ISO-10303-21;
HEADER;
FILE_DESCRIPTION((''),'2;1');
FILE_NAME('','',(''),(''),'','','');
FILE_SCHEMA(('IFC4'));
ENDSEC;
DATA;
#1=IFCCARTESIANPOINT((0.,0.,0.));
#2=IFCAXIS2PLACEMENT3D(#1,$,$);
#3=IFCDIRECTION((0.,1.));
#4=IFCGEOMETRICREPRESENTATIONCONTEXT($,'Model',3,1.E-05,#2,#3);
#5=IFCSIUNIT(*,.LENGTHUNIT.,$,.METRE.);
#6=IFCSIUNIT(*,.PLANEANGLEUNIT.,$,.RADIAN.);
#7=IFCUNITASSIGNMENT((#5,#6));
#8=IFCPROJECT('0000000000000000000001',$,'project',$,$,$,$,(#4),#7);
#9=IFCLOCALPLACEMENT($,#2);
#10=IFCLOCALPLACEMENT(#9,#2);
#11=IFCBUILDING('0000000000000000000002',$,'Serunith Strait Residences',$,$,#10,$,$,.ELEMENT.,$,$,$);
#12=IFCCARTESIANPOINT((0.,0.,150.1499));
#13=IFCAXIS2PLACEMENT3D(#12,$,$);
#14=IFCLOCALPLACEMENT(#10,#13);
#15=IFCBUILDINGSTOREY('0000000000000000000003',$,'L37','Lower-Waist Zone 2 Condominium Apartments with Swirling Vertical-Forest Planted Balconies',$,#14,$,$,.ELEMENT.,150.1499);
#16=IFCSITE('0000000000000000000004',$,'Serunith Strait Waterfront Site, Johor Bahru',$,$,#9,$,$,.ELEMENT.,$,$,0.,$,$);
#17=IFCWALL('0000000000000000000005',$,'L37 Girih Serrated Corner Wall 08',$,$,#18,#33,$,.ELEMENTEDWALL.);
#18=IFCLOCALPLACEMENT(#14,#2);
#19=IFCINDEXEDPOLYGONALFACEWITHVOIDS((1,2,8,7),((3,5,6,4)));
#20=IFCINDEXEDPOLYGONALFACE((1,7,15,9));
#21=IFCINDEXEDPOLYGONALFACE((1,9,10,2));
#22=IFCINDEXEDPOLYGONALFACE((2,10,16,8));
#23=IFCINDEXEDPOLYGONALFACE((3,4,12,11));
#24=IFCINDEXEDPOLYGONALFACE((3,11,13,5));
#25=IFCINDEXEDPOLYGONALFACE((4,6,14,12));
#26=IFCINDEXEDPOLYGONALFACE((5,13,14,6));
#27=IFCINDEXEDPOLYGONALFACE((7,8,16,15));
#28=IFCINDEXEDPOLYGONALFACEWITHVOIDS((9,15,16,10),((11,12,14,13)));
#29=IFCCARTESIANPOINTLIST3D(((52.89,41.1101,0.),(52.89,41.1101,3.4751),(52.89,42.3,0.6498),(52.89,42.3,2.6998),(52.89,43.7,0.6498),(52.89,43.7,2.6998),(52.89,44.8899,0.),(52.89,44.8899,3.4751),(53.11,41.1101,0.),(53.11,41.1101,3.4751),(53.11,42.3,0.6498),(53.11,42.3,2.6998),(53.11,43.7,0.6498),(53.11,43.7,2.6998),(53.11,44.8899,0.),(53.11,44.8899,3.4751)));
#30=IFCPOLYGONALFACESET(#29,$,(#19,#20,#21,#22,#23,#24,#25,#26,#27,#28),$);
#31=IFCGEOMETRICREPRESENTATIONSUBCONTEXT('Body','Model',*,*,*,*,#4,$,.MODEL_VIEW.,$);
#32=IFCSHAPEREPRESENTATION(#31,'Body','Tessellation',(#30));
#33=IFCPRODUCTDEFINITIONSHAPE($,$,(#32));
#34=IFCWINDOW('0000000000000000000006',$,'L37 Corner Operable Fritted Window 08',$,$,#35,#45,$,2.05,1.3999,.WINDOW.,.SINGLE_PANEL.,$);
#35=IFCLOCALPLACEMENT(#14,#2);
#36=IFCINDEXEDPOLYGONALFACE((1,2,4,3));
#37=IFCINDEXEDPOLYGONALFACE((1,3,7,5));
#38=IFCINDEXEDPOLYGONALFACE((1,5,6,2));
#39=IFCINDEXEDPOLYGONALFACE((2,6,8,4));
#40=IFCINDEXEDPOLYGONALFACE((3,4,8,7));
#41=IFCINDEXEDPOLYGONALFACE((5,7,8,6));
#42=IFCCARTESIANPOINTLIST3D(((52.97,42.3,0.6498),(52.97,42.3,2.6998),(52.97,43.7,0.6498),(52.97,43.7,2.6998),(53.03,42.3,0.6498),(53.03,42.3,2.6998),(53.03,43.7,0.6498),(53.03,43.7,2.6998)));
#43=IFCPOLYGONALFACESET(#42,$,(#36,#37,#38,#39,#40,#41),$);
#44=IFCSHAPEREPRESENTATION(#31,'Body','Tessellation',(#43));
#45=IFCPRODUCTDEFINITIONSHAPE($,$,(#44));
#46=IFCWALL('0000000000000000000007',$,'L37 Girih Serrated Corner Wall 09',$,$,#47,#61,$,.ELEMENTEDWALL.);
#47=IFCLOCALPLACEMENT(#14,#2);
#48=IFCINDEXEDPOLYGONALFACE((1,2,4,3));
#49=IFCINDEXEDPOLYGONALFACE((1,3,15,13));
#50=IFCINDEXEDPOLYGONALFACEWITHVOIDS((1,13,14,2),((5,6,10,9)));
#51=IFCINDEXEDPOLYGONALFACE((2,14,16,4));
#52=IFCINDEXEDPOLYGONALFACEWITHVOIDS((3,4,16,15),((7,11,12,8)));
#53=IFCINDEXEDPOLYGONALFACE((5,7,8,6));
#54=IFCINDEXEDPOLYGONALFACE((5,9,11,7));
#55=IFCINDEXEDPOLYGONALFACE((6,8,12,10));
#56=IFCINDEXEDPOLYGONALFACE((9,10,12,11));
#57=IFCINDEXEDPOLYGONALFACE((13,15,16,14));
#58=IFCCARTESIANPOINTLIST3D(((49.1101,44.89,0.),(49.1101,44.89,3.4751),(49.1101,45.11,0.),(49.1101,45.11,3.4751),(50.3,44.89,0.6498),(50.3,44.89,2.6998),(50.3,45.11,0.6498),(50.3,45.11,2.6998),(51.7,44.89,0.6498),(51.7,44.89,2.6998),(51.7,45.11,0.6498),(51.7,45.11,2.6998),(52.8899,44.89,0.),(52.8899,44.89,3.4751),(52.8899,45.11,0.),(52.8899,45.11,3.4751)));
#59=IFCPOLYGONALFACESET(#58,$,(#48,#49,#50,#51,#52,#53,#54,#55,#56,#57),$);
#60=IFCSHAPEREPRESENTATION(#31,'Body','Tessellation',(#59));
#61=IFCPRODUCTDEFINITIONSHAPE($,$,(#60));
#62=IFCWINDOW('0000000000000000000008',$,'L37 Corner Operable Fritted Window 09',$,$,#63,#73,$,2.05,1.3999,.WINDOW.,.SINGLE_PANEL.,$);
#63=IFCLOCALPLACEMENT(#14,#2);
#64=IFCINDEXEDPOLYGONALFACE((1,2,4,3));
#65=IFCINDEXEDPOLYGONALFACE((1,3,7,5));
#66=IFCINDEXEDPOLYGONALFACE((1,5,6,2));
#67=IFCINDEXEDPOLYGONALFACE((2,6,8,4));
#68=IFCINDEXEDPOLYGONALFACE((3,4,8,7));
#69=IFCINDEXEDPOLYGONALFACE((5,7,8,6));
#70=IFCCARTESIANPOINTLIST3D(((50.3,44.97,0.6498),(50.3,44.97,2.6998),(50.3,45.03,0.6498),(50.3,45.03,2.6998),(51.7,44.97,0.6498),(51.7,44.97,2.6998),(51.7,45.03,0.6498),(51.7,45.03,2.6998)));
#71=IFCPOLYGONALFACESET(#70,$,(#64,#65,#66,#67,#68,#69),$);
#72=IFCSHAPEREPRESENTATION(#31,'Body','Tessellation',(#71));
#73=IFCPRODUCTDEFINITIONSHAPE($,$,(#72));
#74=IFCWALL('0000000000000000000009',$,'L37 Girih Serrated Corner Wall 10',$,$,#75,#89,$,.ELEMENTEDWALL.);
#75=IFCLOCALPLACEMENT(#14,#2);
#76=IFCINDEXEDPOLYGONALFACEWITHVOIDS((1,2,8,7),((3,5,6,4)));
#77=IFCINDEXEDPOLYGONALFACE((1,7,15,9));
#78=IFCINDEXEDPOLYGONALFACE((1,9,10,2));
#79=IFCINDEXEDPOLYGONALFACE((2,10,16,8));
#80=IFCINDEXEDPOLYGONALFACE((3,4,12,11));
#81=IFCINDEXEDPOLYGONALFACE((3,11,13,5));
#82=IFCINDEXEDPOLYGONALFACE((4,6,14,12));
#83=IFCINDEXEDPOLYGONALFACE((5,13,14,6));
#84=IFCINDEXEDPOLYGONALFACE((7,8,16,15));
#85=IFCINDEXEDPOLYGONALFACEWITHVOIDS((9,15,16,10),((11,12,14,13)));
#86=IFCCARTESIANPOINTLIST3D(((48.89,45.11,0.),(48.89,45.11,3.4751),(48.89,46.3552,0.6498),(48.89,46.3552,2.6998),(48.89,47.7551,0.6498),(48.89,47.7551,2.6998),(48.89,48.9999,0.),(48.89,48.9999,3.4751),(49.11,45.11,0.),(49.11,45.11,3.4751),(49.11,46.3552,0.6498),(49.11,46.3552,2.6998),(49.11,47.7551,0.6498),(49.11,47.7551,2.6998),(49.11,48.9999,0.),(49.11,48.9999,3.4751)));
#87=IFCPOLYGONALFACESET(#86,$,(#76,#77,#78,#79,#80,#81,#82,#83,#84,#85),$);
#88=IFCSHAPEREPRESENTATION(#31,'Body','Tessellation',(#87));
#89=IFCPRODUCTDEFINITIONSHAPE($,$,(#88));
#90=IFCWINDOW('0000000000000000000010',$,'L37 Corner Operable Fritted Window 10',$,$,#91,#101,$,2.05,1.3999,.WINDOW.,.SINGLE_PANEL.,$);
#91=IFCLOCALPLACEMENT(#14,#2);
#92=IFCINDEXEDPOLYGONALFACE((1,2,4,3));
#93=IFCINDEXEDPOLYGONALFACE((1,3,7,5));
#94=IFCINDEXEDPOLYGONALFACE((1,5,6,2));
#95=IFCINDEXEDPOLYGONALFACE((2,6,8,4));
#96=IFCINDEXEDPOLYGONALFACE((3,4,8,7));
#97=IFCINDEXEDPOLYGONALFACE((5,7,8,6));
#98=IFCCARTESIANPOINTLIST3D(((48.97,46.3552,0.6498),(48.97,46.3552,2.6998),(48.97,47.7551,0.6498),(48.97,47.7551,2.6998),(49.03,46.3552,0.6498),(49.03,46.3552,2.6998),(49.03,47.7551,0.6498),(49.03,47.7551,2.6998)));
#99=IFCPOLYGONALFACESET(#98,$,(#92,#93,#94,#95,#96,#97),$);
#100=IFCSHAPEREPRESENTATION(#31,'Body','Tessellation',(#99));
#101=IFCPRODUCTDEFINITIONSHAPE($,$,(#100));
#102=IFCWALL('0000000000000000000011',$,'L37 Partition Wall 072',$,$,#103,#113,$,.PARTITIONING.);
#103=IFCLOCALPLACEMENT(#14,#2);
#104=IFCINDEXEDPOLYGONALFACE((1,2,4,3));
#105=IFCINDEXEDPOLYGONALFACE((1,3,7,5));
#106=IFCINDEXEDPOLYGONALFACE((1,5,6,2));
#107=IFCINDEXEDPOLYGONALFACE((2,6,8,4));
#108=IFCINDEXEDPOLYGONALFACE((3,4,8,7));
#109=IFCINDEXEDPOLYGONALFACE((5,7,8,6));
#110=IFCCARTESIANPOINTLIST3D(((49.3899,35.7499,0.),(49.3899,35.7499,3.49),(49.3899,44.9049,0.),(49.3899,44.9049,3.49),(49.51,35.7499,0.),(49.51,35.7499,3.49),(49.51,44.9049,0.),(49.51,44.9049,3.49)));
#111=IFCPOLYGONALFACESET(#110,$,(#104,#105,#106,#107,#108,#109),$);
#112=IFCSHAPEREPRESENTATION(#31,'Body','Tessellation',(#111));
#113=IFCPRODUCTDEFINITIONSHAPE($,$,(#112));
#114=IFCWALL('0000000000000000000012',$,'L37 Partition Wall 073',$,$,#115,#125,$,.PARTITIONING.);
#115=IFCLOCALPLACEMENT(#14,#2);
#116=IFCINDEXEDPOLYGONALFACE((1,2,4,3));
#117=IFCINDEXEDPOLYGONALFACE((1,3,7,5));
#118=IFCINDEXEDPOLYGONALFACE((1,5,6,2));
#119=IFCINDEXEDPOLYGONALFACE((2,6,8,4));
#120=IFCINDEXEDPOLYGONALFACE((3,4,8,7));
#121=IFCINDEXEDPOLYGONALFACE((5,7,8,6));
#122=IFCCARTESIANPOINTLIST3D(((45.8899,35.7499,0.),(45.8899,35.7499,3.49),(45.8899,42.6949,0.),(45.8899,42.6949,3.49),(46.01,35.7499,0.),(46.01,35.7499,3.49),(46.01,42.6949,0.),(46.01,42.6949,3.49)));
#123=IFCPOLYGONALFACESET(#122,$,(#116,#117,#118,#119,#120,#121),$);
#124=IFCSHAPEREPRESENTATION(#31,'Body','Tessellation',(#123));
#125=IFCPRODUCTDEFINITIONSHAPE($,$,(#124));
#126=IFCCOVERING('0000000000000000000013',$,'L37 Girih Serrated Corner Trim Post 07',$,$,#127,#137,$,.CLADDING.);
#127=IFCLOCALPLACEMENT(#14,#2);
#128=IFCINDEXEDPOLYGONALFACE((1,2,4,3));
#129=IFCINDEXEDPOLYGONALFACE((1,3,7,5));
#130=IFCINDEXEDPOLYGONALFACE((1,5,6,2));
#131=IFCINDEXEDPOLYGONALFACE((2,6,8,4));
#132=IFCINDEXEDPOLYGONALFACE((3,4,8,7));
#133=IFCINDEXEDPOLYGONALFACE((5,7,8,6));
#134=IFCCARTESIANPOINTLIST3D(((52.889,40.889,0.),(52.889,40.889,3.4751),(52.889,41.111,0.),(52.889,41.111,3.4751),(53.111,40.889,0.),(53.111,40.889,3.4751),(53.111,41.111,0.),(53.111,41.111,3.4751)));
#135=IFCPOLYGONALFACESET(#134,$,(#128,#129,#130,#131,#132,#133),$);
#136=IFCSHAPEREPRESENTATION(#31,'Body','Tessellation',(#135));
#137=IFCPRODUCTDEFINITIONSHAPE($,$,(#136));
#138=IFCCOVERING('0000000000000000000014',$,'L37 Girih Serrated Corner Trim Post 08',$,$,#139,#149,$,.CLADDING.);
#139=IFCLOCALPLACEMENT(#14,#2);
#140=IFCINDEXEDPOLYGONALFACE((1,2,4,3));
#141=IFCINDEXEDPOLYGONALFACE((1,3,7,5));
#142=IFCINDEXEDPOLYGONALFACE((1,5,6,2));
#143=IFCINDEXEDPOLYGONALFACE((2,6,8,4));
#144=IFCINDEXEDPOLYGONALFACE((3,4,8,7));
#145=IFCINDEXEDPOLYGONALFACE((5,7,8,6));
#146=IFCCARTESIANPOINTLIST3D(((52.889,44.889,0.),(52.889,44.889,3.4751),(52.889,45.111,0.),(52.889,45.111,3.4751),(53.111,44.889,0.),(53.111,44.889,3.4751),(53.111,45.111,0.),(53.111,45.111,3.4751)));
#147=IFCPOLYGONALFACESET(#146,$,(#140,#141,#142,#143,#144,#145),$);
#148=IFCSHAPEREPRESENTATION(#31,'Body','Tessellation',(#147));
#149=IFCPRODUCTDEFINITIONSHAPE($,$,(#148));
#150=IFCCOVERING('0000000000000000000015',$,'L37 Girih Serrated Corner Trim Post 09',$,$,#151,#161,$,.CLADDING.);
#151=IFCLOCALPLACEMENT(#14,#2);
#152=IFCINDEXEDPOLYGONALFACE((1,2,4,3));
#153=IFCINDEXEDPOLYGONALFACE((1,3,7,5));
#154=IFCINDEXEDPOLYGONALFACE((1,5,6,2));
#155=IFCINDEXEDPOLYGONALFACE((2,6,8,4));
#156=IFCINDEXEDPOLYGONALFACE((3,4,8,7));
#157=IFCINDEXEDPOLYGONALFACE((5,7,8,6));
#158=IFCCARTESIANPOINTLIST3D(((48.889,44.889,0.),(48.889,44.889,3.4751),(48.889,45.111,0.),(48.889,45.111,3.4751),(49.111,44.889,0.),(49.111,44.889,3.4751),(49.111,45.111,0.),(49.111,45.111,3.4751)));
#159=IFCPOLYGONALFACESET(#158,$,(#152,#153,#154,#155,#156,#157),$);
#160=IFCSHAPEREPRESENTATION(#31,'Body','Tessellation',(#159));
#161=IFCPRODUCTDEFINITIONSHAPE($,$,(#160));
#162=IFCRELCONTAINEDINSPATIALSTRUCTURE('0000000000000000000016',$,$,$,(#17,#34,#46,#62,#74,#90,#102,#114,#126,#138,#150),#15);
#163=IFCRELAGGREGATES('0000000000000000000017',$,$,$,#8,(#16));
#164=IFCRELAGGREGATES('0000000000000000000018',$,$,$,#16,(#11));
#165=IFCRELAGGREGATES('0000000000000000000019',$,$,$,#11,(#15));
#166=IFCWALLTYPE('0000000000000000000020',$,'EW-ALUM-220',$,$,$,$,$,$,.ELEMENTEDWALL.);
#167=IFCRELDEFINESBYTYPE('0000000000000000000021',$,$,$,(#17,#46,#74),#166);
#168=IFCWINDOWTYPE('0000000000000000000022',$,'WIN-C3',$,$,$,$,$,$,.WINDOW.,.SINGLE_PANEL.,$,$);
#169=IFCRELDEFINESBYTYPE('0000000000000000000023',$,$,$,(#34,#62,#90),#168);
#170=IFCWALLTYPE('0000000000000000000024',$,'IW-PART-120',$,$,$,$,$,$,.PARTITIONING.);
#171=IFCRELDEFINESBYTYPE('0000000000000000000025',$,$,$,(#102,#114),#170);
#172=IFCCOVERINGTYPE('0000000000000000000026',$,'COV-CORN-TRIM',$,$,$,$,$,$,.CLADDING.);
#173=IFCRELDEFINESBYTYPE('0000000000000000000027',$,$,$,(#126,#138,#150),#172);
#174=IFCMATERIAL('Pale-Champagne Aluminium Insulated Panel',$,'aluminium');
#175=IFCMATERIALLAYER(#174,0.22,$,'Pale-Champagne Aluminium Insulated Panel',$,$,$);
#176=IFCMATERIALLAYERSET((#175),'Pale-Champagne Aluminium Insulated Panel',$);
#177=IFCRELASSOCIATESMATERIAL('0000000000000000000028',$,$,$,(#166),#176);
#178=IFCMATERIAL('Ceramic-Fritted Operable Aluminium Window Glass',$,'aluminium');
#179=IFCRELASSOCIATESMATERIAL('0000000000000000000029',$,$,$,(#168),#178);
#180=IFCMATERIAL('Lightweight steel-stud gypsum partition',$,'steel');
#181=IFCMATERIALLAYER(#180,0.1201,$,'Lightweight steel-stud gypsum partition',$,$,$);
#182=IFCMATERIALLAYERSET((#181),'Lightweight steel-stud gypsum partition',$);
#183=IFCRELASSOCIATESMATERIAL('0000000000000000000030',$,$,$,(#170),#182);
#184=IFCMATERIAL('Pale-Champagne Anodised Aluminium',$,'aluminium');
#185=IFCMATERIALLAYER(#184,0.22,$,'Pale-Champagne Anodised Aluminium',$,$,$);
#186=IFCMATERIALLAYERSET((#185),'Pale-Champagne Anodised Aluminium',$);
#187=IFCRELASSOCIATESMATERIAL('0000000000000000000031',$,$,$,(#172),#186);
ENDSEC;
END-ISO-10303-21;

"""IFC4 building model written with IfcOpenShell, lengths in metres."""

from ifc_helpers import new_model, si_unit, direction, frame, frame_2d, origin, origin_2d, place, context, subcontext, project, spatial, rectangle, extrude, source, transform, mapped, material, layer, layer_set, type_object, element, fill, save


model = new_model("IFC4")

# Units and contexts
model_context = context("Model", 3, precision=1e-05, world=origin(), true_north=direction((0.0, 1.0)))
body_context = subcontext(model_context, "Body", "Model", "MODEL_VIEW")
ifc_project = project(units=[si_unit("LENGTHUNIT", "METRE"), si_unit("PLANEANGLEUNIT", "RADIAN")], contexts=[model_context])

# Site, building, storey
site_placement = place(None, origin())
site = spatial("IfcSite", under=ifc_project, at=site_placement, Name="Serunith Strait Waterfront Site, Johor Bahru", CompositionType="ELEMENT", RefElevation=0.0)
building_placement = place(site_placement, origin())
building = spatial("IfcBuilding", under=site, at=building_placement, Name="Serunith Strait Residences", CompositionType="ELEMENT")
storey_placement = place(building_placement, frame((0.0, 0.0, 150.1499)))
storey = spatial("IfcBuildingStorey", under=building, at=storey_placement, Name="L37", Description="Lower-Waist Zone 2 Condominium Apartments with Swirling Vertical-Forest Planted Balconies", CompositionType="ELEMENT", Elevation=150.1499)

# Shared definitions
ifc_material_1 = material(Name="Pale-Champagne Anodised Aluminium", Category="aluminium")

# Walls, openings, windows
ifc_material_2 = material(Name="Pale-Champagne Aluminium Insulated Panel", Category="aluminium")
ifc_layer_1 = layer(ifc_material_2, 0.22, Name="Pale-Champagne Aluminium Insulated Panel")
ifc_layer_set_1 = layer_set([ifc_layer_1], Name="Pale-Champagne Aluminium Insulated Panel")
wall_type_1 = type_object("IfcWallType", Name="EW-ALUM-220", PredefinedType="ELEMENTEDWALL", material=ifc_layer_set_1)
ifc_material_3 = material(Name="Ceramic-Fritted Operable Aluminium Window Glass", Category="aluminium")
window_type = type_object("IfcWindowType", Name="WIN-C3", PartitioningType="SINGLE_PANEL", PredefinedType="WINDOW", material=ifc_material_3)
shared_shape_1 = source(origin(), body_context, "Body", "SweptSolid", [
    extrude(rectangle(XDim=1.3999, YDim=2.05, at=frame_2d((0.7, 1.0249))), frame((0.0, 0.03, 0.0), z_axis=(0.0, -1.0, 0.0), x_axis=(1.0, 0.0, 0.0)), (0.0, 0.0, 1.0), 0.0601),
])
wall_1_placement = place(storey_placement, frame((53.0, 41.1101, 0.0), z_axis=(0.0, 0.0, 1.0), x_axis=(0.0, 1.0, 0.0)))
wall_1 = element("IfcWall", 1, at=wall_1_placement, inside=storey, type_object=wall_type_1, Name="L37 Girih Serrated Corner Wall 08", PredefinedType="ELEMENTEDWALL", context=body_context, shape_type="SweptSolid", body=[
    extrude(rectangle(XDim=3.7798, YDim=0.22, at=frame_2d((1.8899, 0.0))), origin(), (0.0, 0.0, 1.0), 3.4751),
])
opening_1_placement = place(wall_1_placement, frame((1.1899, 0.0, 0.6499)))
opening_1 = element("IfcOpeningElement", 2, at=opening_1_placement, cuts=wall_1, PredefinedType="OPENING", context=body_context, shape_type="SweptSolid", body=[
    extrude(rectangle(XDim=1.3999, YDim=2.05, at=frame_2d((0.7, 1.0249))), frame((0.0, 0.1201, 0.0), z_axis=(0.0, -1.0, 0.0), x_axis=(1.0, 0.0, 0.0)), (0.0, 0.0, 1.0), 0.24),
])
window_1_placement = place(opening_1_placement, origin())
window_1 = element("IfcWindow", 3, at=window_1_placement, inside=storey, type_object=window_type, Name="L37 Corner Operable Fritted Window 08", OverallHeight=2.05, OverallWidth=1.3999, PartitioningType="SINGLE_PANEL", PredefinedType="WINDOW", context=body_context, shape_type="MappedRepresentation", body=[
    mapped(shared_shape_1, transform((0.0, 0.0, 0.0), scale=1.0)),
])
fill(opening_1, window_1)
wall_2_placement = place(storey_placement, frame((52.8899, 45.0, 0.0), z_axis=(0.0, 0.0, 1.0), x_axis=(-1.0, 0.0, 0.0)))
wall_2 = element("IfcWall", 4, at=wall_2_placement, inside=storey, type_object=wall_type_1, Name="L37 Girih Serrated Corner Wall 09", PredefinedType="ELEMENTEDWALL", context=body_context, shape_type="SweptSolid", body=[
    extrude(rectangle(XDim=3.7798, YDim=0.22, at=frame_2d((1.8899, 0.0))), origin(), (0.0, 0.0, 1.0), 3.4751),
])
opening_2_placement = place(wall_2_placement, frame((1.1899, 0.0, 0.6499)))
opening_2 = element("IfcOpeningElement", 5, at=opening_2_placement, cuts=wall_2, PredefinedType="OPENING", context=body_context, shape_type="SweptSolid", body=[
    extrude(rectangle(XDim=1.3999, YDim=2.05, at=frame_2d((0.7, 1.0249))), frame((0.0, 0.1201, 0.0), z_axis=(0.0, -1.0, 0.0), x_axis=(1.0, 0.0, 0.0)), (0.0, 0.0, 1.0), 0.24),
])
window_2_placement = place(opening_2_placement, origin())
window_2 = element("IfcWindow", 6, at=window_2_placement, inside=storey, type_object=window_type, Name="L37 Corner Operable Fritted Window 09", OverallHeight=2.05, OverallWidth=1.3999, PartitioningType="SINGLE_PANEL", PredefinedType="WINDOW", context=body_context, shape_type="MappedRepresentation", body=[
    mapped(shared_shape_1, transform((0.0, 0.0, 0.0), scale=1.0)),
])
fill(opening_2, window_2)
wall_3_placement = place(storey_placement, frame((49.0, 45.1101, 0.0), z_axis=(0.0, 0.0, 1.0), x_axis=(0.0, 1.0, 0.0)))
wall_3 = element("IfcWall", 7, at=wall_3_placement, inside=storey, type_object=wall_type_1, Name="L37 Girih Serrated Corner Wall 10", PredefinedType="ELEMENTEDWALL", context=body_context, shape_type="SweptSolid", body=[
    extrude(rectangle(XDim=3.8899, YDim=0.22, at=frame_2d((1.9448, 0.0))), origin(), (0.0, 0.0, 1.0), 3.4751),
])
opening_3_placement = place(wall_3_placement, frame((1.2451, 0.0, 0.6499)))
opening_3 = element("IfcOpeningElement", 8, at=opening_3_placement, cuts=wall_3, PredefinedType="OPENING", context=body_context, shape_type="SweptSolid", body=[
    extrude(rectangle(XDim=1.3999, YDim=2.05, at=frame_2d((0.7, 1.0249))), frame((0.0, 0.1201, 0.0), z_axis=(0.0, -1.0, 0.0), x_axis=(1.0, 0.0, 0.0)), (0.0, 0.0, 1.0), 0.24),
])
window_3_placement = place(opening_3_placement, origin())
window_3 = element("IfcWindow", 9, at=window_3_placement, inside=storey, type_object=window_type, Name="L37 Corner Operable Fritted Window 10", OverallHeight=2.05, OverallWidth=1.3999, PartitioningType="SINGLE_PANEL", PredefinedType="WINDOW", context=body_context, shape_type="MappedRepresentation", body=[
    mapped(shared_shape_1, transform((0.0, 0.0, 0.0), scale=1.0)),
])
fill(opening_3, window_3)

# Walls
ifc_material_4 = material(Name="Lightweight steel-stud gypsum partition", Category="steel")
ifc_layer_2 = layer(ifc_material_4, 0.1201, Name="Lightweight steel-stud gypsum partition")
ifc_layer_set_2 = layer_set([ifc_layer_2], Name="Lightweight steel-stud gypsum partition")
wall_type_2 = type_object("IfcWallType", Name="IW-PART-120", PredefinedType="PARTITIONING", material=ifc_layer_set_2)
wall_4_placement = place(storey_placement, frame((49.45, 44.905, 0.0), z_axis=(0.0, 0.0, 1.0), x_axis=(0.0, -1.0, 0.0)))
element("IfcWall", 10, at=wall_4_placement, inside=storey, type_object=wall_type_2, Name="L37 Partition Wall 072", PredefinedType="PARTITIONING", context=body_context, shape_type="SweptSolid", body=[
    extrude(rectangle(XDim=9.155, YDim=0.1201, at=frame_2d((4.5776, 0.0))), origin(), (0.0, 0.0, 1.0), 3.49),
])
wall_5_placement = place(storey_placement, frame((45.95, 42.6951, 0.0), z_axis=(0.0, 0.0, 1.0), x_axis=(0.0, -1.0, 0.0)))
element("IfcWall", 11, at=wall_5_placement, inside=storey, type_object=wall_type_2, Name="L37 Partition Wall 073", PredefinedType="PARTITIONING", context=body_context, shape_type="SweptSolid", body=[
    extrude(rectangle(XDim=6.9451, YDim=0.1201, at=frame_2d((3.4727, 0.0))), origin(), (0.0, 0.0, 1.0), 3.49),
])

# Coverings
ifc_layer_3 = layer(ifc_material_1, 0.22, Name="Pale-Champagne Anodised Aluminium")
ifc_layer_set_3 = layer_set([ifc_layer_3], Name="Pale-Champagne Anodised Aluminium")
covering_type = type_object("IfcCoveringType", Name="COV-CORN-TRIM", PredefinedType="CLADDING", material=ifc_layer_set_3)
shared_shape_2 = source(origin(), body_context, "Body", "SweptSolid", [
    extrude(rectangle(XDim=0.2219, YDim=0.2219, at=origin_2d()), origin(), (0.0, 0.0, 1.0), 3.4751),
])
for number, where, z_axis, x_axis, name in (
    (12, (53.0, 41.0, 0.0), (0.0, 0.0, 1.0), (1.0, 0.0, 0.0), "L37 Girih Serrated Corner Trim Post 07"),
    (13, (53.0, 45.0, 0.0), (0.0, 0.0, 1.0), (1.0, 0.0, 0.0), "L37 Girih Serrated Corner Trim Post 08"),
    (14, (49.0, 45.0, 0.0), (0.0, 0.0, 1.0), (1.0, 0.0, 0.0), "L37 Girih Serrated Corner Trim Post 09"),
):
    element("IfcCovering", number, at=place(storey_placement, frame(where, z_axis=z_axis, x_axis=x_axis)), inside=storey, type_object=covering_type, Name=name, PredefinedType="CLADDING", context=body_context, shape_type="MappedRepresentation", body=[
        mapped(shared_shape_2, transform((0.0, 0.0, 0.0), scale=1.0)),
    ])

save(model, "model.ifc")
